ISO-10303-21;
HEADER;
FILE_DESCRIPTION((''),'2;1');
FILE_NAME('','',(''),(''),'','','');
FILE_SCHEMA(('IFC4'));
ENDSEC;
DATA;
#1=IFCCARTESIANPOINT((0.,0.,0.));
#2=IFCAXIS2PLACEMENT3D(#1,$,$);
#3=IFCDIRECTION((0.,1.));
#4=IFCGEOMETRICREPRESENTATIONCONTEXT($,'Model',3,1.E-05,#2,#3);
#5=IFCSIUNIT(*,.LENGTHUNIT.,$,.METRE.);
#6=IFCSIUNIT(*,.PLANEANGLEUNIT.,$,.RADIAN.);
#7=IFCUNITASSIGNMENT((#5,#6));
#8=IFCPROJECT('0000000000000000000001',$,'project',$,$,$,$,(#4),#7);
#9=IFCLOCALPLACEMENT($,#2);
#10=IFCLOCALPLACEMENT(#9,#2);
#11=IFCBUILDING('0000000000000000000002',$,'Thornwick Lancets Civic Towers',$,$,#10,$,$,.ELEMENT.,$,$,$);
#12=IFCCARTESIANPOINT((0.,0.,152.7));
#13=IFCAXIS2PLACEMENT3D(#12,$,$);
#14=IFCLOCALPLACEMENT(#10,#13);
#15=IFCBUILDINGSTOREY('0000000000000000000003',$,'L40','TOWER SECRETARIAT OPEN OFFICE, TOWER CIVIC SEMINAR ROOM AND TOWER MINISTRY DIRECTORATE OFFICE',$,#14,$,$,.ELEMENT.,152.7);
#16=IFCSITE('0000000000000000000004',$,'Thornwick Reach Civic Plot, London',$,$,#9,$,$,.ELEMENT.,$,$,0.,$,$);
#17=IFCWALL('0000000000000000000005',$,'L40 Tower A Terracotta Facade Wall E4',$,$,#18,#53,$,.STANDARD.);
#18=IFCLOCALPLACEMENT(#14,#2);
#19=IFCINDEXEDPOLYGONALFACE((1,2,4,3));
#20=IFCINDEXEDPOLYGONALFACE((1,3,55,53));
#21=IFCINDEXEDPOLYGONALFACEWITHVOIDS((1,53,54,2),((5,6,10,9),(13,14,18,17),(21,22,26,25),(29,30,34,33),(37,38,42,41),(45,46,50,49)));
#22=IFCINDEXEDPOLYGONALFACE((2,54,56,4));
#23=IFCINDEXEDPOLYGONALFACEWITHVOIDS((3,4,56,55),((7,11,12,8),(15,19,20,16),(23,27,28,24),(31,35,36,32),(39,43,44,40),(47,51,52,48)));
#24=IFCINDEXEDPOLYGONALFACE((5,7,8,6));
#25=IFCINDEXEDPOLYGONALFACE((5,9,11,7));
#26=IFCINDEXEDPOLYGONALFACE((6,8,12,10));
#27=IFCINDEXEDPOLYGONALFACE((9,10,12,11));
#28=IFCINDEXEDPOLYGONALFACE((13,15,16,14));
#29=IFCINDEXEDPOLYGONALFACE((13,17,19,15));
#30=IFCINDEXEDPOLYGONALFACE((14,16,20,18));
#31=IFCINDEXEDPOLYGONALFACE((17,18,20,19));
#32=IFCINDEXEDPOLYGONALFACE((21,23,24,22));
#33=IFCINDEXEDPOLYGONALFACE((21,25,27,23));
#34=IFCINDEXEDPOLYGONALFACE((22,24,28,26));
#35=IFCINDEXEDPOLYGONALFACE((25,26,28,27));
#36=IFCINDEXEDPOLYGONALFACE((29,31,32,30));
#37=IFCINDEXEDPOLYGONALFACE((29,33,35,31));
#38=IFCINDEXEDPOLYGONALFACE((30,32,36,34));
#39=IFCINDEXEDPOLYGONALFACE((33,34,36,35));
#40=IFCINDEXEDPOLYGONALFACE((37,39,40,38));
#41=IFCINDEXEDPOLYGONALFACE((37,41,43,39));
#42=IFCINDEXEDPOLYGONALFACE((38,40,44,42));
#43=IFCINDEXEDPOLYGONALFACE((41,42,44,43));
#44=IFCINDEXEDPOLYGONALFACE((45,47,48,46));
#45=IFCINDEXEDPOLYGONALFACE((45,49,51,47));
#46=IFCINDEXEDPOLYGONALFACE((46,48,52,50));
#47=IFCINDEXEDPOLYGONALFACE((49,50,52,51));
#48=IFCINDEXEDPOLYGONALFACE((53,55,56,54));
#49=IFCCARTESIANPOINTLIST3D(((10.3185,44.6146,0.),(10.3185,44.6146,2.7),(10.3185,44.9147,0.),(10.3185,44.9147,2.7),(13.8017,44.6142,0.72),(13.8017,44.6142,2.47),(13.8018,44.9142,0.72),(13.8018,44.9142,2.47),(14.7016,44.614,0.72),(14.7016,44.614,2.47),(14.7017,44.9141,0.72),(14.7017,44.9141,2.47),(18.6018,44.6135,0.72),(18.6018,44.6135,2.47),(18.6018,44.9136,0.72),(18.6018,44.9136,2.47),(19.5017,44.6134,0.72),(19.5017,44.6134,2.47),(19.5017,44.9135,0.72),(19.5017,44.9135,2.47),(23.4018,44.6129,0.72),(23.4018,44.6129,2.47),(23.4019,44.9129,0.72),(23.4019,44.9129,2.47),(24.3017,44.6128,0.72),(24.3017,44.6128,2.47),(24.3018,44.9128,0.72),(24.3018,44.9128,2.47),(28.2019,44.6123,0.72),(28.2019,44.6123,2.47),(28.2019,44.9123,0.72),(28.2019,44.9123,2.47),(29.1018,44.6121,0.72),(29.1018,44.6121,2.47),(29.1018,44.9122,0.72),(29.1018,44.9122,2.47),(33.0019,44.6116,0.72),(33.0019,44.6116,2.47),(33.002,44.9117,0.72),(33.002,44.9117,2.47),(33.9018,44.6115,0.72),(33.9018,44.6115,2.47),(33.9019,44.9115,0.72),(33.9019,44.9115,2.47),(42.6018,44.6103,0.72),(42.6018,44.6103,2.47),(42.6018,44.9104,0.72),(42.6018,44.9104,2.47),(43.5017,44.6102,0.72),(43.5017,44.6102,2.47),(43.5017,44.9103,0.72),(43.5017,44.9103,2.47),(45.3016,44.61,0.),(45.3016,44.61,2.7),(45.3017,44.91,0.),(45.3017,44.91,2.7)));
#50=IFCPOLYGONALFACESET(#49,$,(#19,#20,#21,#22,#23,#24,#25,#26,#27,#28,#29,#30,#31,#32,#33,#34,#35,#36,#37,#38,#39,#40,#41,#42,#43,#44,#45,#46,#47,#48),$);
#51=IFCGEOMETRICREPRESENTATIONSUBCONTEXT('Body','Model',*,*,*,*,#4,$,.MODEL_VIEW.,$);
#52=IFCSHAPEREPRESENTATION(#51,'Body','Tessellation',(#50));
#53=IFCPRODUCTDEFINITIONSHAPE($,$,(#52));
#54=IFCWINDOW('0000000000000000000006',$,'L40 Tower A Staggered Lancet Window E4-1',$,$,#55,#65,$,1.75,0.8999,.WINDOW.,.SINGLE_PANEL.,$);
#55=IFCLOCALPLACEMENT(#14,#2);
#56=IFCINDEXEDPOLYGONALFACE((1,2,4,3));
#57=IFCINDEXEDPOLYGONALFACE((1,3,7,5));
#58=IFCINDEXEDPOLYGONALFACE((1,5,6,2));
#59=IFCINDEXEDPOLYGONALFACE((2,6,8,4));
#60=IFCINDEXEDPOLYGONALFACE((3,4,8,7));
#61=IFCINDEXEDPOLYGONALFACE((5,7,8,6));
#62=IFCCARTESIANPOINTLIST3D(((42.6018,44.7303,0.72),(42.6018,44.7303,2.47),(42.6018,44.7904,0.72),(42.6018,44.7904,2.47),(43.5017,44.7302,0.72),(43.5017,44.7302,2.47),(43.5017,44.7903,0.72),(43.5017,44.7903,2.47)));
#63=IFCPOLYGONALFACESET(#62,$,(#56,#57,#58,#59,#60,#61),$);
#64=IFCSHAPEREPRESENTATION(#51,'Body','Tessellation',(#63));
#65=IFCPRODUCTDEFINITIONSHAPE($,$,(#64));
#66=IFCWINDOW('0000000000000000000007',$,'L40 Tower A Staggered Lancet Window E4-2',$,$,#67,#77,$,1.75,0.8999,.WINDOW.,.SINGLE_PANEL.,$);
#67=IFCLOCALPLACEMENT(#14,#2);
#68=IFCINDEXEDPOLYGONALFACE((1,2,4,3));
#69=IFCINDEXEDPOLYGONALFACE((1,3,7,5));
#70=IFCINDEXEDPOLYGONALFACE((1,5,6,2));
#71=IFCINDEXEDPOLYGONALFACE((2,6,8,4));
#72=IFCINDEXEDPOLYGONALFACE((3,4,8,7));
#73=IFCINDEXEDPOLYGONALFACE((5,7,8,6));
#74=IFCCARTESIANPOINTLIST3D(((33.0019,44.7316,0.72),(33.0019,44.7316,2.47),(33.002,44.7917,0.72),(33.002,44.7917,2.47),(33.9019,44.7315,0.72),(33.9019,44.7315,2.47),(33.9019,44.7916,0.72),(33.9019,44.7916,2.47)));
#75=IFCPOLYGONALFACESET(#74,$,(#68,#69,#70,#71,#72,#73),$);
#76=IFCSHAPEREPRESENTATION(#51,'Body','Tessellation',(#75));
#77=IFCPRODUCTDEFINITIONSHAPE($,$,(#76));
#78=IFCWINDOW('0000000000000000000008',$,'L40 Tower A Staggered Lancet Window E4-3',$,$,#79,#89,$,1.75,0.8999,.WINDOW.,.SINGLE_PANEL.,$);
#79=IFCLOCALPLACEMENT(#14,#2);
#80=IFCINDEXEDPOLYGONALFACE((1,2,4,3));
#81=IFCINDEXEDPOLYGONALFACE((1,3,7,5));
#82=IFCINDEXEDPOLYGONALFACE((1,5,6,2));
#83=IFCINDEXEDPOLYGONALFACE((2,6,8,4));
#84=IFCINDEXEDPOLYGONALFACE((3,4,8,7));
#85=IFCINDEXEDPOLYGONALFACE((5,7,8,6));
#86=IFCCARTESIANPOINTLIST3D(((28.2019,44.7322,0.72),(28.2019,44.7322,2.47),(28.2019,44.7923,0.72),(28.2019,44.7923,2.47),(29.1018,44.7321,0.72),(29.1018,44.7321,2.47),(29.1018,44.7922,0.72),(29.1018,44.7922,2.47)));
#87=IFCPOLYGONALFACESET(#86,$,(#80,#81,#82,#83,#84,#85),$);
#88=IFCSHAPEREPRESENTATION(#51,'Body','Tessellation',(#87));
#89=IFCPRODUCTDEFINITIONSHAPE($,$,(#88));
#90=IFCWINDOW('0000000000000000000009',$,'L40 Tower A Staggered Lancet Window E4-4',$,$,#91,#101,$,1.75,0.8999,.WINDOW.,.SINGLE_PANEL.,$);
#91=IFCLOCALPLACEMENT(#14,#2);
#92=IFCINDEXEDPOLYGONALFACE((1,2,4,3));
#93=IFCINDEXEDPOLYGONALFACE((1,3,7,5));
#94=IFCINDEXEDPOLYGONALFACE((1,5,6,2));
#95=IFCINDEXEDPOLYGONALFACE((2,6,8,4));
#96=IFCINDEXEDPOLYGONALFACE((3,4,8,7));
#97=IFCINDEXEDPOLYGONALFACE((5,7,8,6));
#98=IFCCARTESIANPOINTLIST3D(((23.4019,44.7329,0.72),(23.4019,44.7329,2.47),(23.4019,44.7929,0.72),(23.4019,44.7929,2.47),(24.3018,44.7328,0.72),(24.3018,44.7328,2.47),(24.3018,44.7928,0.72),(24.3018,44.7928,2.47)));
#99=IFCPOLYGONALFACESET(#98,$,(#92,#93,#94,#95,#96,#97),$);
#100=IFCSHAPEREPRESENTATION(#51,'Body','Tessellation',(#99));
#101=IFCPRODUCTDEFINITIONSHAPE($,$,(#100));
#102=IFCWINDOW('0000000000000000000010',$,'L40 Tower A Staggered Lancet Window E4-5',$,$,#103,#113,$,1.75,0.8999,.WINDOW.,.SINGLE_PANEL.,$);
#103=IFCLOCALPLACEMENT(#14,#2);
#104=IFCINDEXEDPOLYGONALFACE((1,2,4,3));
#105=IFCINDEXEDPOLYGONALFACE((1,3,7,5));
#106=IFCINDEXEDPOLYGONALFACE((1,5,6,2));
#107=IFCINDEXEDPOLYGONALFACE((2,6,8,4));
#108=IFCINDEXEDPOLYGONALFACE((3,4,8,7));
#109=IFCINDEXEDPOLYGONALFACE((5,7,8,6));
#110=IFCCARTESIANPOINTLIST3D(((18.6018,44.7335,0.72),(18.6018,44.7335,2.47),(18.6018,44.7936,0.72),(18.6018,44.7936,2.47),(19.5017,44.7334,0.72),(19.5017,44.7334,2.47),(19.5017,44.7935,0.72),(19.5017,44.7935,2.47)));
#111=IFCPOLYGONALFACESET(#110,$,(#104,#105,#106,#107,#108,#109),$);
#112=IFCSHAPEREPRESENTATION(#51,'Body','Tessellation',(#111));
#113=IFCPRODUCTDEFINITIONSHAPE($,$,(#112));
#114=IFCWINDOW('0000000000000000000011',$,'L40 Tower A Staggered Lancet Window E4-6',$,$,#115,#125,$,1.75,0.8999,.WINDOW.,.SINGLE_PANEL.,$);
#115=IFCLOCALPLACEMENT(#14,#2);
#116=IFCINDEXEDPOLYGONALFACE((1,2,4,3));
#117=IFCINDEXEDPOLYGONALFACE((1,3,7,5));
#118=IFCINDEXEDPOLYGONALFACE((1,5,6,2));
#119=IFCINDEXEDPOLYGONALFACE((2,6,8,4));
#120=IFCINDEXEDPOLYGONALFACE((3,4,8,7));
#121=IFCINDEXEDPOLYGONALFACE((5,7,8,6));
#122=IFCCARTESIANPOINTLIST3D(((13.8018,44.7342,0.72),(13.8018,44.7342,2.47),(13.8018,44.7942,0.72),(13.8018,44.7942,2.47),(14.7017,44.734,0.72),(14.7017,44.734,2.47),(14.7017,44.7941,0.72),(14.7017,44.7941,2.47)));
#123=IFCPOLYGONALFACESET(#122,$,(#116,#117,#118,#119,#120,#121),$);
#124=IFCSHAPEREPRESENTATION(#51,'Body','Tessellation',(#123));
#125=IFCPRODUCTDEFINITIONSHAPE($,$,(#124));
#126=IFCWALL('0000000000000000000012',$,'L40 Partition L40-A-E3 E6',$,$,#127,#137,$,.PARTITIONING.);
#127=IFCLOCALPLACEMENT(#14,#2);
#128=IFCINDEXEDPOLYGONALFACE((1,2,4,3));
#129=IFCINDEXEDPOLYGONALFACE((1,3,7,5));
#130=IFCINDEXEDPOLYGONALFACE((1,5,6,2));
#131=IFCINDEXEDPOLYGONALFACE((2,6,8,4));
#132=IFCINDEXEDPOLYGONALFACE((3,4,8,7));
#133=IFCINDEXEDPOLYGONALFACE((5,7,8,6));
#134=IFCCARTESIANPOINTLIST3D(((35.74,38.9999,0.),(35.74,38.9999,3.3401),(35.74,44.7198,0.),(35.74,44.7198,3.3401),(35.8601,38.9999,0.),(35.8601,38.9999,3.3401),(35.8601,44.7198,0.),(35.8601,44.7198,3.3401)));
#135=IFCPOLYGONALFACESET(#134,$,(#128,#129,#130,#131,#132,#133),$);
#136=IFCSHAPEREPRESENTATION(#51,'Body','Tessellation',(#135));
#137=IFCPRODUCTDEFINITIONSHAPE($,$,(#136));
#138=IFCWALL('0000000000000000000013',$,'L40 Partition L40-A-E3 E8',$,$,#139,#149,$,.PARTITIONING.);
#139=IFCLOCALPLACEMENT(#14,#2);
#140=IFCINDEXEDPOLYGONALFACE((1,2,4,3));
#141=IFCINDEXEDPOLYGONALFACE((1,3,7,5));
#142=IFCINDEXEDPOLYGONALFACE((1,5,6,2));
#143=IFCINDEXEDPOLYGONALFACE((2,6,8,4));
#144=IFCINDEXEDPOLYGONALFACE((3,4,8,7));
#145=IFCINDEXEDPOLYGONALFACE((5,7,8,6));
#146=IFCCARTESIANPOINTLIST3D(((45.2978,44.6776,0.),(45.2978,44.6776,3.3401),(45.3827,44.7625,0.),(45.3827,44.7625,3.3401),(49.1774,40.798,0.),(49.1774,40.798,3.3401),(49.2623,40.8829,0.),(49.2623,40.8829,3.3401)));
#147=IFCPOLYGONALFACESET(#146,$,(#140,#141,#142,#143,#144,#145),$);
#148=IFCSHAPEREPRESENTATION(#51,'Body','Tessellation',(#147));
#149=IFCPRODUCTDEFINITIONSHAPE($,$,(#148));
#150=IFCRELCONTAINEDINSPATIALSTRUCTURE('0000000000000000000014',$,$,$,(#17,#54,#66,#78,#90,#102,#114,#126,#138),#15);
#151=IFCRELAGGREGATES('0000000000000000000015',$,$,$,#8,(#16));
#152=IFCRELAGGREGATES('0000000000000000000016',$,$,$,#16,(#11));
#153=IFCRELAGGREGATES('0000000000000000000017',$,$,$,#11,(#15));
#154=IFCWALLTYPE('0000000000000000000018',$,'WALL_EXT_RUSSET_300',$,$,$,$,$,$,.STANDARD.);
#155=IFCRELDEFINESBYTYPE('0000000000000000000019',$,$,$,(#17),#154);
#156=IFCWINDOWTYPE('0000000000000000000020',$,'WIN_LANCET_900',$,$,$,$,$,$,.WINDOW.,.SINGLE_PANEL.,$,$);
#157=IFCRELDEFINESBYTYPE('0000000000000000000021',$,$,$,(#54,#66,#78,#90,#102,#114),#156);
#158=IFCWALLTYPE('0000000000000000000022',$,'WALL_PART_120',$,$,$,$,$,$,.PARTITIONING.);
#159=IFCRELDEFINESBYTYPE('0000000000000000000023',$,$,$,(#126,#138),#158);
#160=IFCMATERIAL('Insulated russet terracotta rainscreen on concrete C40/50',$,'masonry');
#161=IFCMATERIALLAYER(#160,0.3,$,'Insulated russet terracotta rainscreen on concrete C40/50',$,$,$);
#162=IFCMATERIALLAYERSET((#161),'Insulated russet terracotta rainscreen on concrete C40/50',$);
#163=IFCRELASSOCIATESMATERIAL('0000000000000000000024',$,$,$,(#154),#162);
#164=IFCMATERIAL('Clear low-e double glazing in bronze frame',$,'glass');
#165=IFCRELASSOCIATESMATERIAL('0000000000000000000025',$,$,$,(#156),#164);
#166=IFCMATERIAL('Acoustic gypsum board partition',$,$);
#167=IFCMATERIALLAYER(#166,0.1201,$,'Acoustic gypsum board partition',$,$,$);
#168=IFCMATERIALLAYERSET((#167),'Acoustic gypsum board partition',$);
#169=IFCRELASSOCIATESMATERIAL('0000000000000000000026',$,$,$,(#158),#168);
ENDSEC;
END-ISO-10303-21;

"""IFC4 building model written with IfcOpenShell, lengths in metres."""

from ifc_helpers import new_model, si_unit, direction, frame, frame_2d, origin, place, context, subcontext, project, spatial, rectangle, extrude, material, layer, layer_set, type_object, element, fill, save


model = new_model("IFC4")

# Units and contexts
model_context = context("Model", 3, precision=1e-05, world=origin(), true_north=direction((0.0, 1.0)))
body_context = subcontext(model_context, "Body", "Model", "MODEL_VIEW")
ifc_project = project(units=[si_unit("LENGTHUNIT", "METRE"), si_unit("PLANEANGLEUNIT", "RADIAN")], contexts=[model_context])

# Site, building, storey
site_placement = place(None, origin())
site = spatial("IfcSite", under=ifc_project, at=site_placement, Name="Thornwick Reach Civic Plot, London", CompositionType="ELEMENT", RefElevation=0.0)
building_placement = place(site_placement, origin())
building = spatial("IfcBuilding", under=site, at=building_placement, Name="Thornwick Lancets Civic Towers", CompositionType="ELEMENT")
storey_placement = place(building_placement, frame((0.0, 0.0, 152.7)))
storey = spatial("IfcBuildingStorey", under=building, at=storey_placement, Name="L40", Description="TOWER SECRETARIAT OPEN OFFICE, TOWER CIVIC SEMINAR ROOM AND TOWER MINISTRY DIRECTORATE OFFICE", CompositionType="ELEMENT", Elevation=152.7)

# Wall, openings, windows
ifc_material_1 = material(Name="Insulated russet terracotta rainscreen on concrete C40/50", Category="masonry")
ifc_layer_1 = layer(ifc_material_1, 0.3, Name="Insulated russet terracotta rainscreen on concrete C40/50")
ifc_layer_set_1 = layer_set([ifc_layer_1], Name="Insulated russet terracotta rainscreen on concrete C40/50")
wall_type_1 = type_object("IfcWallType", Name="WALL_EXT_RUSSET_300", PredefinedType="STANDARD", material=ifc_layer_set_1)
wall_1_placement = place(storey_placement, frame((45.3018, 44.76, 0.0), z_axis=(0.0, 0.0, 1.0), x_axis=(-1.0, 0.000133, 0.0)))
wall_1 = element("IfcWall", 1, at=wall_1_placement, inside=storey, type_object=wall_type_1, Name="L40 Tower A Terracotta Facade Wall E4", PredefinedType="STANDARD", context=body_context, shape_type="SweptSolid", body=[
    extrude(rectangle(XDim=34.9832, YDim=0.3, at=frame_2d((17.4917, 0.0))), origin(), (0.0, 0.0, 1.0), 2.7),
])
opening_1_placement = place(wall_1_placement, frame((1.8, 0.0, 0.72)))
opening_1 = element("IfcOpeningElement", 2, at=opening_1_placement, cuts=wall_1, PredefinedType="OPENING", context=body_context, shape_type="SweptSolid", body=[
    extrude(rectangle(XDim=0.8999, YDim=1.75, at=frame_2d((0.45, 0.875))), frame((0.0, 0.1602, 0.0), z_axis=(0.0, -1.0, 0.0), x_axis=(1.0, 0.0, 0.0)), (0.0, 0.0, 1.0), 0.3201),
])
opening_2_placement = place(wall_1_placement, frame((11.3999, 0.0, 0.72)))
opening_2 = element("IfcOpeningElement", 3, at=opening_2_placement, cuts=wall_1, PredefinedType="OPENING", context=body_context, shape_type="SweptSolid", body=[
    extrude(rectangle(XDim=0.8999, YDim=1.75, at=frame_2d((0.45, 0.875))), frame((0.0, 0.1602, 0.0), z_axis=(0.0, -1.0, 0.0), x_axis=(1.0, 0.0, 0.0)), (0.0, 0.0, 1.0), 0.3201),
])
opening_3_placement = place(wall_1_placement, frame((16.2, 0.0, 0.72)))
opening_3 = element("IfcOpeningElement", 4, at=opening_3_placement, cuts=wall_1, PredefinedType="OPENING", context=body_context, shape_type="SweptSolid", body=[
    extrude(rectangle(XDim=0.8999, YDim=1.75, at=frame_2d((0.45, 0.875))), frame((0.0, 0.1602, 0.0), z_axis=(0.0, -1.0, 0.0), x_axis=(1.0, 0.0, 0.0)), (0.0, 0.0, 1.0), 0.3201),
])
opening_4_placement = place(wall_1_placement, frame((21.0, 0.0, 0.72)))
opening_4 = element("IfcOpeningElement", 5, at=opening_4_placement, cuts=wall_1, PredefinedType="OPENING", context=body_context, shape_type="SweptSolid", body=[
    extrude(rectangle(XDim=0.8999, YDim=1.75, at=frame_2d((0.45, 0.875))), frame((0.0, 0.1602, 0.0), z_axis=(0.0, -1.0, 0.0), x_axis=(1.0, 0.0, 0.0)), (0.0, 0.0, 1.0), 0.3201),
])
opening_5_placement = place(wall_1_placement, frame((25.8, 0.0, 0.72)))
opening_5 = element("IfcOpeningElement", 6, at=opening_5_placement, cuts=wall_1, PredefinedType="OPENING", context=body_context, shape_type="SweptSolid", body=[
    extrude(rectangle(XDim=0.8999, YDim=1.75, at=frame_2d((0.45, 0.875))), frame((0.0, 0.1602, 0.0), z_axis=(0.0, -1.0, 0.0), x_axis=(1.0, 0.0, 0.0)), (0.0, 0.0, 1.0), 0.3201),
])
opening_6_placement = place(wall_1_placement, frame((30.6001, 0.0, 0.72)))
opening_6 = element("IfcOpeningElement", 7, at=opening_6_placement, cuts=wall_1, PredefinedType="OPENING", context=body_context, shape_type="SweptSolid", body=[
    extrude(rectangle(XDim=0.8999, YDim=1.75, at=frame_2d((0.45, 0.875))), frame((0.0, 0.1602, 0.0), z_axis=(0.0, -1.0, 0.0), x_axis=(1.0, 0.0, 0.0)), (0.0, 0.0, 1.0), 0.3201),
])
ifc_material_2 = material(Name="Clear low-e double glazing in bronze frame", Category="glass")
window_type = type_object("IfcWindowType", Name="WIN_LANCET_900", PartitioningType="SINGLE_PANEL", PredefinedType="WINDOW", material=ifc_material_2)
window_1_placement = place(opening_1_placement, origin())
window_1 = element("IfcWindow", 8, at=window_1_placement, inside=storey, type_object=window_type, Name="L40 Tower A Staggered Lancet Window E4-1", OverallHeight=1.75, OverallWidth=0.8999, PartitioningType="SINGLE_PANEL", PredefinedType="WINDOW", context=body_context, shape_type="SweptSolid", body=[
    extrude(rectangle(XDim=0.8999, YDim=1.75, at=frame_2d((0.45, 0.875))), frame((0.0, 0.03, 0.0), z_axis=(0.0, -1.0, 0.0), x_axis=(1.0, 0.0, 0.0)), (0.0, 0.0, 1.0), 0.0601),
])
fill(opening_1, window_1)
window_2_placement = place(opening_2_placement, origin())
window_2 = element("IfcWindow", 9, at=window_2_placement, inside=storey, type_object=window_type, Name="L40 Tower A Staggered Lancet Window E4-2", OverallHeight=1.75, OverallWidth=0.8999, PartitioningType="SINGLE_PANEL", PredefinedType="WINDOW", context=body_context, shape_type="SweptSolid", body=[
    extrude(rectangle(XDim=0.8999, YDim=1.75, at=frame_2d((0.45, 0.875))), frame((0.0, 0.03, 0.0), z_axis=(0.0, -1.0, 0.0), x_axis=(1.0, 0.0, 0.0)), (0.0, 0.0, 1.0), 0.0601),
])
fill(opening_2, window_2)
window_3_placement = place(opening_3_placement, origin())
window_3 = element("IfcWindow", 10, at=window_3_placement, inside=storey, type_object=window_type, Name="L40 Tower A Staggered Lancet Window E4-3", OverallHeight=1.75, OverallWidth=0.8999, PartitioningType="SINGLE_PANEL", PredefinedType="WINDOW", context=body_context, shape_type="SweptSolid", body=[
    extrude(rectangle(XDim=0.8999, YDim=1.75, at=frame_2d((0.45, 0.875))), frame((0.0, 0.03, 0.0), z_axis=(0.0, -1.0, 0.0), x_axis=(1.0, 0.0, 0.0)), (0.0, 0.0, 1.0), 0.0601),
])
fill(opening_3, window_3)
window_4_placement = place(opening_4_placement, origin())
window_4 = element("IfcWindow", 11, at=window_4_placement, inside=storey, type_object=window_type, Name="L40 Tower A Staggered Lancet Window E4-4", OverallHeight=1.75, OverallWidth=0.8999, PartitioningType="SINGLE_PANEL", PredefinedType="WINDOW", context=body_context, shape_type="SweptSolid", body=[
    extrude(rectangle(XDim=0.8999, YDim=1.75, at=frame_2d((0.45, 0.875))), frame((0.0, 0.03, 0.0), z_axis=(0.0, -1.0, 0.0), x_axis=(1.0, 0.0, 0.0)), (0.0, 0.0, 1.0), 0.0601),
])
fill(opening_4, window_4)
window_5_placement = place(opening_5_placement, origin())
window_5 = element("IfcWindow", 12, at=window_5_placement, inside=storey, type_object=window_type, Name="L40 Tower A Staggered Lancet Window E4-5", OverallHeight=1.75, OverallWidth=0.8999, PartitioningType="SINGLE_PANEL", PredefinedType="WINDOW", context=body_context, shape_type="SweptSolid", body=[
    extrude(rectangle(XDim=0.8999, YDim=1.75, at=frame_2d((0.45, 0.875))), frame((0.0, 0.03, 0.0), z_axis=(0.0, -1.0, 0.0), x_axis=(1.0, 0.0, 0.0)), (0.0, 0.0, 1.0), 0.0601),
])
fill(opening_5, window_5)
window_6_placement = place(opening_6_placement, origin())
window_6 = element("IfcWindow", 13, at=window_6_placement, inside=storey, type_object=window_type, Name="L40 Tower A Staggered Lancet Window E4-6", OverallHeight=1.75, OverallWidth=0.8999, PartitioningType="SINGLE_PANEL", PredefinedType="WINDOW", context=body_context, shape_type="SweptSolid", body=[
    extrude(rectangle(XDim=0.8999, YDim=1.75, at=frame_2d((0.45, 0.875))), frame((0.0, 0.03, 0.0), z_axis=(0.0, -1.0, 0.0), x_axis=(1.0, 0.0, 0.0)), (0.0, 0.0, 1.0), 0.0601),
])
fill(opening_6, window_6)

# Walls
ifc_material_3 = material(Name="Acoustic gypsum board partition")
ifc_layer_2 = layer(ifc_material_3, 0.1201, Name="Acoustic gypsum board partition")
ifc_layer_set_2 = layer_set([ifc_layer_2], Name="Acoustic gypsum board partition")
wall_type_2 = type_object("IfcWallType", Name="WALL_PART_120", PredefinedType="PARTITIONING", material=ifc_layer_set_2)
wall_2_placement = place(storey_placement, frame((35.8, 39.0, 0.0), z_axis=(0.0, 0.0, 1.0), x_axis=(0.0, 1.0, 0.0)))
element("IfcWall", 14, at=wall_2_placement, inside=storey, type_object=wall_type_2, Name="L40 Partition L40-A-E3 E6", PredefinedType="PARTITIONING", context=body_context, shape_type="SweptSolid", body=[
    extrude(rectangle(XDim=5.72, YDim=0.1201, at=frame_2d((2.8599, 0.0))), origin(), (0.0, 0.0, 1.0), 3.3401),
])
wall_3_placement = place(storey_placement, frame((45.3403, 44.72, 0.0), z_axis=(0.0, 0.0, 1.0), x_axis=(0.707107, -0.707107, 0.0)))
element("IfcWall", 15, at=wall_3_placement, inside=storey, type_object=wall_type_2, Name="L40 Partition L40-A-E3 E8", PredefinedType="PARTITIONING", context=body_context, shape_type="SweptSolid", body=[
    extrude(rectangle(XDim=5.4866, YDim=0.1201, at=frame_2d((2.7432, 0.0))), origin(), (0.0, 0.0, 1.0), 3.3401),
])

save(model, "model.ifc")
